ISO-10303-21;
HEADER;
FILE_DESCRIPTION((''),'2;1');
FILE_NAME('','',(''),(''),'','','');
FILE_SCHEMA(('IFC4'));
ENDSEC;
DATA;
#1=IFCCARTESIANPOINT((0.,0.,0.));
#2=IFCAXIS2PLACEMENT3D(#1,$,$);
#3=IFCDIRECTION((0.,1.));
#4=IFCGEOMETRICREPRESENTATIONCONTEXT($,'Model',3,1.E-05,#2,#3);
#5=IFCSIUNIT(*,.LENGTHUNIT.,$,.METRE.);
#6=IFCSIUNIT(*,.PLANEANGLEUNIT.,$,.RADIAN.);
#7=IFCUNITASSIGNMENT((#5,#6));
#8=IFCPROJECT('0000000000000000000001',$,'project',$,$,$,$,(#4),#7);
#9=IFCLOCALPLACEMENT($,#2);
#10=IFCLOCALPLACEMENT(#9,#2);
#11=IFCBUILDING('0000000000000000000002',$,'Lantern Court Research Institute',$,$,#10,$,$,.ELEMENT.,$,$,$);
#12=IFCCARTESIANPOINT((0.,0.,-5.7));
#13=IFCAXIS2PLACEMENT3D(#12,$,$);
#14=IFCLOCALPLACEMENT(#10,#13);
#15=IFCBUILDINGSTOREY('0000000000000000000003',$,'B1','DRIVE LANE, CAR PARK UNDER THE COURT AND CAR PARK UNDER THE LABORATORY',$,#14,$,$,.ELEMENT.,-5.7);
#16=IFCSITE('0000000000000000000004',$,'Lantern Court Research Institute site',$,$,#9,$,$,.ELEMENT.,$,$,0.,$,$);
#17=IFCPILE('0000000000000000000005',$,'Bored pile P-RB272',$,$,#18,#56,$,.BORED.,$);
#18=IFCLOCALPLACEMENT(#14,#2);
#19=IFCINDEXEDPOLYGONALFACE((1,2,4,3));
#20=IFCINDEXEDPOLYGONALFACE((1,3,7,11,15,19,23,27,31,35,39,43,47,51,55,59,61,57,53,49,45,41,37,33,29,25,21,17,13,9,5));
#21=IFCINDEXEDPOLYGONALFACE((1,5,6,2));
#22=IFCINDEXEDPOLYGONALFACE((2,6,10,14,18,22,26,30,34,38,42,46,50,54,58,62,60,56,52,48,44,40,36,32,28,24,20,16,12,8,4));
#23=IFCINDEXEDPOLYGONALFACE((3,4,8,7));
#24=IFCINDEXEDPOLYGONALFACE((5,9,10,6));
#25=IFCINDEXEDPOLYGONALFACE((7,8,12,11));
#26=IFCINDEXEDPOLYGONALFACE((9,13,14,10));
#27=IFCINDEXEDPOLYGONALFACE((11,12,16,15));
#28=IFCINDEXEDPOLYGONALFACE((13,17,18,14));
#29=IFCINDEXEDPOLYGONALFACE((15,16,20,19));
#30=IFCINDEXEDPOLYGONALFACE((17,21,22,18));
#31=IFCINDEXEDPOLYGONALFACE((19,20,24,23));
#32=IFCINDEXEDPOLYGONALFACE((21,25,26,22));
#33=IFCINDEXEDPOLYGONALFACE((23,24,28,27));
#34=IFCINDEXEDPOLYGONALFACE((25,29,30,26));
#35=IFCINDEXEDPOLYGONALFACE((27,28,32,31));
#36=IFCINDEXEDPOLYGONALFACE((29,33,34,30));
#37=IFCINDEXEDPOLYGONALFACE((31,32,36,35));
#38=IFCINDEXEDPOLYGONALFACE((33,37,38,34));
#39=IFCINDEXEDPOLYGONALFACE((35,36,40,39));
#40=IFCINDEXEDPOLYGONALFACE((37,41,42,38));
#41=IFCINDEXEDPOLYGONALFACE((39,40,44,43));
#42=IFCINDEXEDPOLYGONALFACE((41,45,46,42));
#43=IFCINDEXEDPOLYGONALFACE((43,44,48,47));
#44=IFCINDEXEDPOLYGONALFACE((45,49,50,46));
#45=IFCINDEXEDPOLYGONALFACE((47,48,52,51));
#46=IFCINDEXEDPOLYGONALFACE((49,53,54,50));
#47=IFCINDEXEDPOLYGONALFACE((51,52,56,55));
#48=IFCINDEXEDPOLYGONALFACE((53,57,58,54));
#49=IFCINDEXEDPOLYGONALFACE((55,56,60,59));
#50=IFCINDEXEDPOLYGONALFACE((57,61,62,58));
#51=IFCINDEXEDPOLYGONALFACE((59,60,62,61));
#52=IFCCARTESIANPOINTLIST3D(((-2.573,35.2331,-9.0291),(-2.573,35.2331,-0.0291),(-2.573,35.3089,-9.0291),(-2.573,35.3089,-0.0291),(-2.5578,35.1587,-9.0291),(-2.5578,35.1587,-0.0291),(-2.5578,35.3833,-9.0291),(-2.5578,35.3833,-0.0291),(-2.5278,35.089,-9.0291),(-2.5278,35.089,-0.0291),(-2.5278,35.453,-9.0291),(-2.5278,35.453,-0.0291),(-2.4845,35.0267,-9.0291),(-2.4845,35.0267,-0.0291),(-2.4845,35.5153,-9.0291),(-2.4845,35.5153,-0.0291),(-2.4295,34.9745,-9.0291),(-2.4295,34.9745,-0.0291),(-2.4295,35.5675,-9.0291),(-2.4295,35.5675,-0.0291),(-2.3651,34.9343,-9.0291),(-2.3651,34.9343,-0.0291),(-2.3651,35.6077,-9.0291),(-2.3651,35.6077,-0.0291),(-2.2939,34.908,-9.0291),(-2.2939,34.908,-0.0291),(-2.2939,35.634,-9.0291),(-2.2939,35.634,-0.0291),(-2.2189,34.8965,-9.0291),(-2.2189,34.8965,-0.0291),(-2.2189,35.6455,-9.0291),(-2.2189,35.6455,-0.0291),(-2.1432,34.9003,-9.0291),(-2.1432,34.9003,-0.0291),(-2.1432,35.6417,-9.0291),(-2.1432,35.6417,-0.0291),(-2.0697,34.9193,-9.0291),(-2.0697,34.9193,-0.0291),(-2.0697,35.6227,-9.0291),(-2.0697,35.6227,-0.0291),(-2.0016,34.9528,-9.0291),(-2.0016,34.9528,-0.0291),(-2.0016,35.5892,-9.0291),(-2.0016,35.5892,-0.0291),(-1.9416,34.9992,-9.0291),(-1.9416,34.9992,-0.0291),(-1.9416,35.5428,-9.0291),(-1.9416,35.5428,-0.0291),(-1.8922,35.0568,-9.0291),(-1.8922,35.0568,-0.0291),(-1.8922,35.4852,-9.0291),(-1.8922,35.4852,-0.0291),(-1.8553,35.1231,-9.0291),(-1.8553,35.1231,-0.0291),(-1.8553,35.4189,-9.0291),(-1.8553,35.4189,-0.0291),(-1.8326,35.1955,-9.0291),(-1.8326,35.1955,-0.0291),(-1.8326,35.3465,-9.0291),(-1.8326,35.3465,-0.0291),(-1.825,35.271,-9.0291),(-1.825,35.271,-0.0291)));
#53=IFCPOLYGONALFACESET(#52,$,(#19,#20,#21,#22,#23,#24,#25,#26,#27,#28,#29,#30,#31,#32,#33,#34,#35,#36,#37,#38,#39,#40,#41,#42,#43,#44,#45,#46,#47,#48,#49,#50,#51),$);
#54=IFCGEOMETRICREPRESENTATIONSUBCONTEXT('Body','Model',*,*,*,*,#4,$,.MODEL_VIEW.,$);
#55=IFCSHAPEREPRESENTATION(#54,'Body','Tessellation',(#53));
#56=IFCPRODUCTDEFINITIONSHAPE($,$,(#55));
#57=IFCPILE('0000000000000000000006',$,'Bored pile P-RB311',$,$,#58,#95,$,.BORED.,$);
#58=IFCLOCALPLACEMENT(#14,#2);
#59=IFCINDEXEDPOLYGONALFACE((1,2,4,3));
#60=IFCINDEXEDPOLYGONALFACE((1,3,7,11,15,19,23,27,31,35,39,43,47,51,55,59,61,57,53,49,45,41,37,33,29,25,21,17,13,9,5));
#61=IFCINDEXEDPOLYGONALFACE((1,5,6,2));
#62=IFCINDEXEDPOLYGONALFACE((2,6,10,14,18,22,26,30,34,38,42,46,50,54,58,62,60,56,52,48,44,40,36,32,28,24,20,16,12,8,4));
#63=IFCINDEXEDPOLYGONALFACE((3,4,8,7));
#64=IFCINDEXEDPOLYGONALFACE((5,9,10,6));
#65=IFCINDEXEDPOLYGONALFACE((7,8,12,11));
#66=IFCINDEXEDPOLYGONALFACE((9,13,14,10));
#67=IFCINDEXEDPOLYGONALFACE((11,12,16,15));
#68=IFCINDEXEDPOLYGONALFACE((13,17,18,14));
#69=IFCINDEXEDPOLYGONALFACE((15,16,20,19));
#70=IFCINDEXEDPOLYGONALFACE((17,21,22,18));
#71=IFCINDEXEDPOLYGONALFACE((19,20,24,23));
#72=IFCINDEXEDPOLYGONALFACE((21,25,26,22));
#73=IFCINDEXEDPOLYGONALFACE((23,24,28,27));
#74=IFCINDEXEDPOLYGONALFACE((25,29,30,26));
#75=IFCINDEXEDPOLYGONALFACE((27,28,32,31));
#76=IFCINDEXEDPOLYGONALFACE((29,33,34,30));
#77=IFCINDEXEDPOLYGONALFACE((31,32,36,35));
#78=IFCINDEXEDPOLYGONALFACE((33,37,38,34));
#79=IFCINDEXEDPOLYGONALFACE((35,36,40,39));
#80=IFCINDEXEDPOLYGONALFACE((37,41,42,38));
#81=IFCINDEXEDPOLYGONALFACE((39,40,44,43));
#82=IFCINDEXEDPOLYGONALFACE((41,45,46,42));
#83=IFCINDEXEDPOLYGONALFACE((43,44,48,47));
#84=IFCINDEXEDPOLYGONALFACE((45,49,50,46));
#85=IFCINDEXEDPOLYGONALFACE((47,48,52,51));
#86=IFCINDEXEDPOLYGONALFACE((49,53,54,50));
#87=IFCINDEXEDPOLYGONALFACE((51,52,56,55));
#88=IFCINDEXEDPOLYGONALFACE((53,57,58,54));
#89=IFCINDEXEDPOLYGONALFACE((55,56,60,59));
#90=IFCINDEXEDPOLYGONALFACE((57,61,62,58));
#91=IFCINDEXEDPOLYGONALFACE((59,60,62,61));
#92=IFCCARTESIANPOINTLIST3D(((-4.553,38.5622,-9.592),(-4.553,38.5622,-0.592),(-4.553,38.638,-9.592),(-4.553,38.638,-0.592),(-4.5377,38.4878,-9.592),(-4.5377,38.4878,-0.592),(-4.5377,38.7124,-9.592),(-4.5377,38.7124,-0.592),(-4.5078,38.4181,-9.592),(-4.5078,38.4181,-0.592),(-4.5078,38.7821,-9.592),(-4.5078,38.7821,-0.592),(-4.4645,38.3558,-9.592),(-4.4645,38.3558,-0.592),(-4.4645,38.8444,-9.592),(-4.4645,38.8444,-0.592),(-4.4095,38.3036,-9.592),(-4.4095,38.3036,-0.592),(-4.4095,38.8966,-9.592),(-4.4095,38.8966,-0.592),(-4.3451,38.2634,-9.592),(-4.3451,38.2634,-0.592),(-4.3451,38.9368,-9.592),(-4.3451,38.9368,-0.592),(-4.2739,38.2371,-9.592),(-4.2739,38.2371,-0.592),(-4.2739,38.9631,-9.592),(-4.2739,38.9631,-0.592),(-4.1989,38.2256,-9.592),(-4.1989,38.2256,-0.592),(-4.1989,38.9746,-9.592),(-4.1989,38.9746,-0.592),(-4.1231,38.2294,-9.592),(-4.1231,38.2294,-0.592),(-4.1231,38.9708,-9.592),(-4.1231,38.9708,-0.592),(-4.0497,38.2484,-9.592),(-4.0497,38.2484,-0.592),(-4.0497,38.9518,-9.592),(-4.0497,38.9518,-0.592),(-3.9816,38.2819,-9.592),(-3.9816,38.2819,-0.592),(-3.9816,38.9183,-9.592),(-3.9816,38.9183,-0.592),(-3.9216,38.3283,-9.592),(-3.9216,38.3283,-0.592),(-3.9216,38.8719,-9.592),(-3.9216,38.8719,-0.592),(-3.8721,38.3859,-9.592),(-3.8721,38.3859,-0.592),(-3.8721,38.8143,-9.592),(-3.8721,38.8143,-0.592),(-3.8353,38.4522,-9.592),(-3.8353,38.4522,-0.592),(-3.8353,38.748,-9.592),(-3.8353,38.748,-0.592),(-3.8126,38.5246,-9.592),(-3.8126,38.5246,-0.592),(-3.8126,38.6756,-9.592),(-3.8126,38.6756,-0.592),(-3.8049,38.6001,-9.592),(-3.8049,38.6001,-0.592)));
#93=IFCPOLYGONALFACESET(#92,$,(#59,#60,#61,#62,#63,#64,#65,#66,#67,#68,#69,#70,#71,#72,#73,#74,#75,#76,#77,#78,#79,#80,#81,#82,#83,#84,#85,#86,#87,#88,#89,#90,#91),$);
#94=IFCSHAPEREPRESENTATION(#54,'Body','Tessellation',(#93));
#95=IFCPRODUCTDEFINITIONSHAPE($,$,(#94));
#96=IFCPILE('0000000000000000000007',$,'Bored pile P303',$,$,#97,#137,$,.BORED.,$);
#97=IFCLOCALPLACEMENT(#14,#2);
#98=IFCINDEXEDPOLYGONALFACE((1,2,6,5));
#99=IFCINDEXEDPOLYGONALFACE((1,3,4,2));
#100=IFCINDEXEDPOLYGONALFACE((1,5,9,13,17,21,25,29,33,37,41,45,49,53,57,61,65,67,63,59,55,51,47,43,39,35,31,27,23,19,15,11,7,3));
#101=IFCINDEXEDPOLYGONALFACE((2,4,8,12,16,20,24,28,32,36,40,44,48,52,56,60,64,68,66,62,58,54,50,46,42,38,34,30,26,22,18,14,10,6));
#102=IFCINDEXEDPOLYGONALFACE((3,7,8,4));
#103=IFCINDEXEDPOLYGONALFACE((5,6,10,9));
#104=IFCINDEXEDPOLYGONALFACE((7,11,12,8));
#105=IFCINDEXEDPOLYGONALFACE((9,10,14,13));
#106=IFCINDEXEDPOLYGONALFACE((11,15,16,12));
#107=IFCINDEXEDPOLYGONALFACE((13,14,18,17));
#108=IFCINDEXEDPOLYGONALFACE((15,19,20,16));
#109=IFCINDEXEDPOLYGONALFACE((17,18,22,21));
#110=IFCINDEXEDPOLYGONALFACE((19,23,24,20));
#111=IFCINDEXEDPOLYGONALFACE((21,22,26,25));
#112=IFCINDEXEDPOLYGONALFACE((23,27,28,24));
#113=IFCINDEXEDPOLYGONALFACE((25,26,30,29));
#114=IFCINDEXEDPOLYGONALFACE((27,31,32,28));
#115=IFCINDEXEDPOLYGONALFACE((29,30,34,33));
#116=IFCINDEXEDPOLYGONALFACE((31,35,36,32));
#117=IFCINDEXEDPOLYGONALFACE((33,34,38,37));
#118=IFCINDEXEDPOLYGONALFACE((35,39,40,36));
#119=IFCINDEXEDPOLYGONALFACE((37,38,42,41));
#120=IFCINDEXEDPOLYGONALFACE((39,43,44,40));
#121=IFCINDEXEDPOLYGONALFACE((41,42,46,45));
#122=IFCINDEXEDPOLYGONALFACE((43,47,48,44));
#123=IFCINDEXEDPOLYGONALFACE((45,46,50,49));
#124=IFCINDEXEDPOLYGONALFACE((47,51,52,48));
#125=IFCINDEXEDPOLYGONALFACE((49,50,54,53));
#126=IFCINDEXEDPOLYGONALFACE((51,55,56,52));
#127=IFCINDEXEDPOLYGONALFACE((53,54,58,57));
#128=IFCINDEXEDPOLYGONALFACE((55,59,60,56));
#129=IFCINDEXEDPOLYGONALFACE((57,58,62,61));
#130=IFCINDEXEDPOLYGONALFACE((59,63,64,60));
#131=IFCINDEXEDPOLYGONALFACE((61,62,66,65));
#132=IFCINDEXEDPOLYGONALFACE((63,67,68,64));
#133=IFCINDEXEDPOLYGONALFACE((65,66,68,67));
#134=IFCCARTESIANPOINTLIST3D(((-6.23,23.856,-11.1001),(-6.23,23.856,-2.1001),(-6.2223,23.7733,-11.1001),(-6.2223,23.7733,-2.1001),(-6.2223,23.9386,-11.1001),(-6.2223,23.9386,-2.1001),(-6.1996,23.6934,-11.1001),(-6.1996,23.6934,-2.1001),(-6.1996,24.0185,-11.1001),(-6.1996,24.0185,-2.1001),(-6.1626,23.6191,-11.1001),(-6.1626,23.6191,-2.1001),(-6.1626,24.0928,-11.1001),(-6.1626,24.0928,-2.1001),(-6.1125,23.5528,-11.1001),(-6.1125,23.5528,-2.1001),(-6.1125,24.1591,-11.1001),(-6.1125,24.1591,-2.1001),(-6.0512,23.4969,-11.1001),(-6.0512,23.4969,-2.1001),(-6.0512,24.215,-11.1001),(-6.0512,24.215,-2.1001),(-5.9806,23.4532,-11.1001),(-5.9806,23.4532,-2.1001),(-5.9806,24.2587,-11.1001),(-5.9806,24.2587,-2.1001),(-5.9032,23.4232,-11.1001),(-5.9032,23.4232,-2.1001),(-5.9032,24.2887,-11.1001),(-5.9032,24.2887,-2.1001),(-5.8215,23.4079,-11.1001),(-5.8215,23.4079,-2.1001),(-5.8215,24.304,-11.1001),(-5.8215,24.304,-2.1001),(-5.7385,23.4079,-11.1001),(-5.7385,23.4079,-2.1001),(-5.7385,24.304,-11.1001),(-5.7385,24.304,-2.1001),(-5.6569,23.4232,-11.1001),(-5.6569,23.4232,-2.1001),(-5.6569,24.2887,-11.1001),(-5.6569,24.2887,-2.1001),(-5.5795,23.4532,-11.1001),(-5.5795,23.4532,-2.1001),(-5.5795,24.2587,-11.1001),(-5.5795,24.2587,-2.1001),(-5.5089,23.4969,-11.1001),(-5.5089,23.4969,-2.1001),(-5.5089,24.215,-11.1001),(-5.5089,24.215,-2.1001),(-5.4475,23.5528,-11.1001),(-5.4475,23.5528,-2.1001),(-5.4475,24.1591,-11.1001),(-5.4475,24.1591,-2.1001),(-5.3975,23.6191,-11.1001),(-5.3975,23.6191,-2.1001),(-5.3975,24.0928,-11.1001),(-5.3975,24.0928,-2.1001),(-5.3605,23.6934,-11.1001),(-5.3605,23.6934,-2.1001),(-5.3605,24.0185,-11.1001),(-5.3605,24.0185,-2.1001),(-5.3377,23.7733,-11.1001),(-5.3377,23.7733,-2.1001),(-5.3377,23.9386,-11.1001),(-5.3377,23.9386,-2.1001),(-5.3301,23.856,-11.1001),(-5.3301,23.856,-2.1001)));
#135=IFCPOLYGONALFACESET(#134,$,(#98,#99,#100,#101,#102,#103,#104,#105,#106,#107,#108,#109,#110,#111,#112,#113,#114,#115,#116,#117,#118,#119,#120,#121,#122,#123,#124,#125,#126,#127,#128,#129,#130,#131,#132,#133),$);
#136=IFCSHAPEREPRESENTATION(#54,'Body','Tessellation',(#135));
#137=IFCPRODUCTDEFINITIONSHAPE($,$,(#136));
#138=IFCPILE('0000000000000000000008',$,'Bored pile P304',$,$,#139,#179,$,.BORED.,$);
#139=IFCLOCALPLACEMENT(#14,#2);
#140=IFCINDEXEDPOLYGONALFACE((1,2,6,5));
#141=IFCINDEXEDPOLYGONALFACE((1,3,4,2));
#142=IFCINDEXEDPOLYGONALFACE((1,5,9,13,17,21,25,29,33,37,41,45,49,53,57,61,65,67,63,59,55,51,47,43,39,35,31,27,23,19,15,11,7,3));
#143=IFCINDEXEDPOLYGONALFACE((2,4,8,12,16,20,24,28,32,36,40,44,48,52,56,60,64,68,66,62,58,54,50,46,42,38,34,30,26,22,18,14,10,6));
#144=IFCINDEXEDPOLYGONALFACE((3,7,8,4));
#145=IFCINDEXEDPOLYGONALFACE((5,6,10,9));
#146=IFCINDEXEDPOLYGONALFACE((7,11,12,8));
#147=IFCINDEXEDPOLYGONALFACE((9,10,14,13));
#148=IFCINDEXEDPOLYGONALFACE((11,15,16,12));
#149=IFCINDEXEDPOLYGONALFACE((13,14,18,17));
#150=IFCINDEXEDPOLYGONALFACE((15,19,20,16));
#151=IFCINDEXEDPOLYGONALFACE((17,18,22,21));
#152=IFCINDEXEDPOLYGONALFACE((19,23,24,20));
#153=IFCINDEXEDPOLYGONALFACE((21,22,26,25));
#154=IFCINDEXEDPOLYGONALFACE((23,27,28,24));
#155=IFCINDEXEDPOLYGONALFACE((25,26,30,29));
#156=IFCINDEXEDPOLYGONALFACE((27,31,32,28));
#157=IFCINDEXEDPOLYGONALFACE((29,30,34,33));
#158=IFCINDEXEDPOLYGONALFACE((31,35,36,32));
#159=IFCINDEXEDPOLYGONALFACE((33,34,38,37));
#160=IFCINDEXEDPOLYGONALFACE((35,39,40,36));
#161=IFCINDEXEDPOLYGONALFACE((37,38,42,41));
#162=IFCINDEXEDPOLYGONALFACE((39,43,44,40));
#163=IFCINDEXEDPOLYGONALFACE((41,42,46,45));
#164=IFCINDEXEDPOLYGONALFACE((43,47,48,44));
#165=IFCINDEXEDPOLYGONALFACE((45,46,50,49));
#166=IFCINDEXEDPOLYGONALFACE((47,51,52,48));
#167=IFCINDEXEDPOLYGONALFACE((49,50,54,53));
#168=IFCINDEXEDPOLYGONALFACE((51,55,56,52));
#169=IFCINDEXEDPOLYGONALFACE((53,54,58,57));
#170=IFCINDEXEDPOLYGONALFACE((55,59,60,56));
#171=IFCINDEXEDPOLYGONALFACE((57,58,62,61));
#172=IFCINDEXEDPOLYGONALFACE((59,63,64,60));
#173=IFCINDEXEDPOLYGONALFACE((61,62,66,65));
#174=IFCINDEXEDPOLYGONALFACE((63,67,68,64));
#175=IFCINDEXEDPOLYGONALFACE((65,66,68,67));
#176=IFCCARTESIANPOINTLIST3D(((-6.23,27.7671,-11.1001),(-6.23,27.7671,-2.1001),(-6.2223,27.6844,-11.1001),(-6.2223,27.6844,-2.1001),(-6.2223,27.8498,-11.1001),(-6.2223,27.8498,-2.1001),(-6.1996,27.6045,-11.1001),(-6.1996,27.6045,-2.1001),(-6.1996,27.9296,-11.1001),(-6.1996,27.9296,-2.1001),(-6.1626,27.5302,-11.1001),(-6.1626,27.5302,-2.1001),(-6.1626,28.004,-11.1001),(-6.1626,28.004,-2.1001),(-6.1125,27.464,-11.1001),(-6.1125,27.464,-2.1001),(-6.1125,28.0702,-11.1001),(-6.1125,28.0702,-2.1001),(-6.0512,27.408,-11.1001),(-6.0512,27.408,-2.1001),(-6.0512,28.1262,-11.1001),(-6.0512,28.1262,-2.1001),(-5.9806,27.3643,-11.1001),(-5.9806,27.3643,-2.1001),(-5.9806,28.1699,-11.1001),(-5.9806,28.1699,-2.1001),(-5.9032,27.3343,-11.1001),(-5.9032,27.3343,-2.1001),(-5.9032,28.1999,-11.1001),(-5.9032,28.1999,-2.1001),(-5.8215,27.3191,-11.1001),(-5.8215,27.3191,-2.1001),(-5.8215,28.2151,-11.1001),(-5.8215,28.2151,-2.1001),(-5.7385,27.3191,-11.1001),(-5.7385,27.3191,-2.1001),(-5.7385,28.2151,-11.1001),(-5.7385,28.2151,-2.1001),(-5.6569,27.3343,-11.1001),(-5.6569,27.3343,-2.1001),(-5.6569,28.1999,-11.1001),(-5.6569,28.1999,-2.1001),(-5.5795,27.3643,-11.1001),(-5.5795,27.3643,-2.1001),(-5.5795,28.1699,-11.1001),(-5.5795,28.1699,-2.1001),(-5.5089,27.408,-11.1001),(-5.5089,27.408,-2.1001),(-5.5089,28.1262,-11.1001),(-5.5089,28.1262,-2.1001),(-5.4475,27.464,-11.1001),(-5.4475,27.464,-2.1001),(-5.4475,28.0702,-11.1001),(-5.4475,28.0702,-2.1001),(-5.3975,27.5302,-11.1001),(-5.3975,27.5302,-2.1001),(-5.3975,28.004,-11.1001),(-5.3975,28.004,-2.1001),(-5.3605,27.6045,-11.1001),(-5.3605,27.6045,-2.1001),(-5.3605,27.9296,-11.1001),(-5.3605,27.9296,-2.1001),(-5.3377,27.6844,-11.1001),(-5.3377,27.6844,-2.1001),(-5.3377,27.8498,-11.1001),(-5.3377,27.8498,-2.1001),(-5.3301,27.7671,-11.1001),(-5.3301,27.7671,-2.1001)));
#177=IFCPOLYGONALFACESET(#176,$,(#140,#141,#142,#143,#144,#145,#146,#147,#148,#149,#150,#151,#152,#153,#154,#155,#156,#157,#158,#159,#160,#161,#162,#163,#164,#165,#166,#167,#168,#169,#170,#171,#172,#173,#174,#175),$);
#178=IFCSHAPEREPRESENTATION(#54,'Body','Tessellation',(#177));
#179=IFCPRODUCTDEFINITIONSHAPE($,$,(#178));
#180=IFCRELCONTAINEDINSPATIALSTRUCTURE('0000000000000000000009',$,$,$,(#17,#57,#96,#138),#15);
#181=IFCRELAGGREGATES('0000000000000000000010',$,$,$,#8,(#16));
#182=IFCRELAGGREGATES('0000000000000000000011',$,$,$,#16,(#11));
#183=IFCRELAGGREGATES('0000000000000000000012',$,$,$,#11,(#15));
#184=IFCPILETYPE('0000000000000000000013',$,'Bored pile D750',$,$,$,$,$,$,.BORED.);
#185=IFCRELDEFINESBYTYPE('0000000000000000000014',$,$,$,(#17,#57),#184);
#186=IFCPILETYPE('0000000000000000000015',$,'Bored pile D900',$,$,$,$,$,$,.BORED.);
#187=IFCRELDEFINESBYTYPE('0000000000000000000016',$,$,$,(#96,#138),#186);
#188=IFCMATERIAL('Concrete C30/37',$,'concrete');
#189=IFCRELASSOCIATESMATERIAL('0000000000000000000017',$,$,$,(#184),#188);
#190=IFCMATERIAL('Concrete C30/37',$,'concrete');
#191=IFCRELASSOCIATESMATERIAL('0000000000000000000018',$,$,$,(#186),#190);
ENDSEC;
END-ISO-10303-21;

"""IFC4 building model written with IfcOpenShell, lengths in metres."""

from ifc_helpers import new_model, si_unit, direction, frame, origin, origin_2d, place, context, subcontext, project, spatial, circle, extrude, material, material_profile, profile_set, type_object, element, save


model = new_model("IFC4")

# Units and contexts
model_context = context("Model", 3, precision=1e-05, world=origin(), true_north=direction((0.0, 1.0)))
body_context = subcontext(model_context, "Body", "Model", "MODEL_VIEW")
ifc_project = project(units=[si_unit("LENGTHUNIT", "METRE"), si_unit("PLANEANGLEUNIT", "RADIAN")], contexts=[model_context])

# Site, building, storey
site_placement = place(None, origin())
site = spatial("IfcSite", under=ifc_project, at=site_placement, Name="Lantern Court Research Institute site", CompositionType="ELEMENT", RefElevation=0.0)
building_placement = place(site_placement, origin())
building = spatial("IfcBuilding", under=site, at=building_placement, Name="Lantern Court Research Institute", CompositionType="ELEMENT")
storey_placement = place(building_placement, frame((0.0, 0.0, -5.7)))
storey = spatial("IfcBuildingStorey", under=building, at=storey_placement, Name="B1", Description="DRIVE LANE, CAR PARK UNDER THE COURT AND CAR PARK UNDER THE LABORATORY", CompositionType="ELEMENT", Elevation=-5.7)

# Piles
ifc_material_1 = material(Name="Concrete C30/37", Category="concrete")
ifc_material_profile_1 = material_profile(ifc_material_1, circle(Radius=0.375, at=origin_2d()), Name="Bored pile D750")
ifc_profile_set_1 = profile_set([ifc_material_profile_1], Name="Concrete C30/37")
pile_type_1 = type_object("IfcPileType", Name="Bored pile D750", PredefinedType="BORED", material=ifc_profile_set_1)
for number, where, z_axis, x_axis, name in (
    (1, (-2.2, 35.271, -0.0291), (0.0, 0.0, -1.0), (1.0, 0.0, 0.0), "Bored pile P-RB272"),
    (2, (-4.1799, 38.6001, -0.592), (0.0, 0.0, -1.0), (1.0, 0.0, 0.0), "Bored pile P-RB311"),
):
    element("IfcPile", number, at=place(storey_placement, frame(where, z_axis=z_axis, x_axis=x_axis)), inside=storey, type_object=pile_type_1, Name=name, PredefinedType="BORED", context=body_context, shape_type="SweptSolid", body=[
        extrude(circle(Radius=0.375, at=origin_2d()), origin(), (0.0, 0.0, 1.0), 9.0),
    ])
ifc_material_2 = material(Name="Concrete C30/37", Category="concrete")
ifc_material_profile_2 = material_profile(ifc_material_2, circle(Radius=0.45, at=origin_2d()), Name="Bored pile D900")
ifc_profile_set_2 = profile_set([ifc_material_profile_2], Name="Concrete C30/37")
pile_type_2 = type_object("IfcPileType", Name="Bored pile D900", PredefinedType="BORED", material=ifc_profile_set_2)
for number, where, z_axis, x_axis, name in (
    (3, (-5.78, 23.856, -2.1001), (0.0, 0.0, -1.0), (1.0, 0.0, 0.0), "Bored pile P303"),
    (4, (-5.78, 27.7671, -2.1001), (0.0, 0.0, -1.0), (1.0, 0.0, 0.0), "Bored pile P304"),
):
    element("IfcPile", number, at=place(storey_placement, frame(where, z_axis=z_axis, x_axis=x_axis)), inside=storey, type_object=pile_type_2, Name=name, PredefinedType="BORED", context=body_context, shape_type="SweptSolid", body=[
        extrude(circle(Radius=0.45, at=origin_2d()), origin(), (0.0, 0.0, 1.0), 9.0),
    ])

save(model, "model.ifc")
